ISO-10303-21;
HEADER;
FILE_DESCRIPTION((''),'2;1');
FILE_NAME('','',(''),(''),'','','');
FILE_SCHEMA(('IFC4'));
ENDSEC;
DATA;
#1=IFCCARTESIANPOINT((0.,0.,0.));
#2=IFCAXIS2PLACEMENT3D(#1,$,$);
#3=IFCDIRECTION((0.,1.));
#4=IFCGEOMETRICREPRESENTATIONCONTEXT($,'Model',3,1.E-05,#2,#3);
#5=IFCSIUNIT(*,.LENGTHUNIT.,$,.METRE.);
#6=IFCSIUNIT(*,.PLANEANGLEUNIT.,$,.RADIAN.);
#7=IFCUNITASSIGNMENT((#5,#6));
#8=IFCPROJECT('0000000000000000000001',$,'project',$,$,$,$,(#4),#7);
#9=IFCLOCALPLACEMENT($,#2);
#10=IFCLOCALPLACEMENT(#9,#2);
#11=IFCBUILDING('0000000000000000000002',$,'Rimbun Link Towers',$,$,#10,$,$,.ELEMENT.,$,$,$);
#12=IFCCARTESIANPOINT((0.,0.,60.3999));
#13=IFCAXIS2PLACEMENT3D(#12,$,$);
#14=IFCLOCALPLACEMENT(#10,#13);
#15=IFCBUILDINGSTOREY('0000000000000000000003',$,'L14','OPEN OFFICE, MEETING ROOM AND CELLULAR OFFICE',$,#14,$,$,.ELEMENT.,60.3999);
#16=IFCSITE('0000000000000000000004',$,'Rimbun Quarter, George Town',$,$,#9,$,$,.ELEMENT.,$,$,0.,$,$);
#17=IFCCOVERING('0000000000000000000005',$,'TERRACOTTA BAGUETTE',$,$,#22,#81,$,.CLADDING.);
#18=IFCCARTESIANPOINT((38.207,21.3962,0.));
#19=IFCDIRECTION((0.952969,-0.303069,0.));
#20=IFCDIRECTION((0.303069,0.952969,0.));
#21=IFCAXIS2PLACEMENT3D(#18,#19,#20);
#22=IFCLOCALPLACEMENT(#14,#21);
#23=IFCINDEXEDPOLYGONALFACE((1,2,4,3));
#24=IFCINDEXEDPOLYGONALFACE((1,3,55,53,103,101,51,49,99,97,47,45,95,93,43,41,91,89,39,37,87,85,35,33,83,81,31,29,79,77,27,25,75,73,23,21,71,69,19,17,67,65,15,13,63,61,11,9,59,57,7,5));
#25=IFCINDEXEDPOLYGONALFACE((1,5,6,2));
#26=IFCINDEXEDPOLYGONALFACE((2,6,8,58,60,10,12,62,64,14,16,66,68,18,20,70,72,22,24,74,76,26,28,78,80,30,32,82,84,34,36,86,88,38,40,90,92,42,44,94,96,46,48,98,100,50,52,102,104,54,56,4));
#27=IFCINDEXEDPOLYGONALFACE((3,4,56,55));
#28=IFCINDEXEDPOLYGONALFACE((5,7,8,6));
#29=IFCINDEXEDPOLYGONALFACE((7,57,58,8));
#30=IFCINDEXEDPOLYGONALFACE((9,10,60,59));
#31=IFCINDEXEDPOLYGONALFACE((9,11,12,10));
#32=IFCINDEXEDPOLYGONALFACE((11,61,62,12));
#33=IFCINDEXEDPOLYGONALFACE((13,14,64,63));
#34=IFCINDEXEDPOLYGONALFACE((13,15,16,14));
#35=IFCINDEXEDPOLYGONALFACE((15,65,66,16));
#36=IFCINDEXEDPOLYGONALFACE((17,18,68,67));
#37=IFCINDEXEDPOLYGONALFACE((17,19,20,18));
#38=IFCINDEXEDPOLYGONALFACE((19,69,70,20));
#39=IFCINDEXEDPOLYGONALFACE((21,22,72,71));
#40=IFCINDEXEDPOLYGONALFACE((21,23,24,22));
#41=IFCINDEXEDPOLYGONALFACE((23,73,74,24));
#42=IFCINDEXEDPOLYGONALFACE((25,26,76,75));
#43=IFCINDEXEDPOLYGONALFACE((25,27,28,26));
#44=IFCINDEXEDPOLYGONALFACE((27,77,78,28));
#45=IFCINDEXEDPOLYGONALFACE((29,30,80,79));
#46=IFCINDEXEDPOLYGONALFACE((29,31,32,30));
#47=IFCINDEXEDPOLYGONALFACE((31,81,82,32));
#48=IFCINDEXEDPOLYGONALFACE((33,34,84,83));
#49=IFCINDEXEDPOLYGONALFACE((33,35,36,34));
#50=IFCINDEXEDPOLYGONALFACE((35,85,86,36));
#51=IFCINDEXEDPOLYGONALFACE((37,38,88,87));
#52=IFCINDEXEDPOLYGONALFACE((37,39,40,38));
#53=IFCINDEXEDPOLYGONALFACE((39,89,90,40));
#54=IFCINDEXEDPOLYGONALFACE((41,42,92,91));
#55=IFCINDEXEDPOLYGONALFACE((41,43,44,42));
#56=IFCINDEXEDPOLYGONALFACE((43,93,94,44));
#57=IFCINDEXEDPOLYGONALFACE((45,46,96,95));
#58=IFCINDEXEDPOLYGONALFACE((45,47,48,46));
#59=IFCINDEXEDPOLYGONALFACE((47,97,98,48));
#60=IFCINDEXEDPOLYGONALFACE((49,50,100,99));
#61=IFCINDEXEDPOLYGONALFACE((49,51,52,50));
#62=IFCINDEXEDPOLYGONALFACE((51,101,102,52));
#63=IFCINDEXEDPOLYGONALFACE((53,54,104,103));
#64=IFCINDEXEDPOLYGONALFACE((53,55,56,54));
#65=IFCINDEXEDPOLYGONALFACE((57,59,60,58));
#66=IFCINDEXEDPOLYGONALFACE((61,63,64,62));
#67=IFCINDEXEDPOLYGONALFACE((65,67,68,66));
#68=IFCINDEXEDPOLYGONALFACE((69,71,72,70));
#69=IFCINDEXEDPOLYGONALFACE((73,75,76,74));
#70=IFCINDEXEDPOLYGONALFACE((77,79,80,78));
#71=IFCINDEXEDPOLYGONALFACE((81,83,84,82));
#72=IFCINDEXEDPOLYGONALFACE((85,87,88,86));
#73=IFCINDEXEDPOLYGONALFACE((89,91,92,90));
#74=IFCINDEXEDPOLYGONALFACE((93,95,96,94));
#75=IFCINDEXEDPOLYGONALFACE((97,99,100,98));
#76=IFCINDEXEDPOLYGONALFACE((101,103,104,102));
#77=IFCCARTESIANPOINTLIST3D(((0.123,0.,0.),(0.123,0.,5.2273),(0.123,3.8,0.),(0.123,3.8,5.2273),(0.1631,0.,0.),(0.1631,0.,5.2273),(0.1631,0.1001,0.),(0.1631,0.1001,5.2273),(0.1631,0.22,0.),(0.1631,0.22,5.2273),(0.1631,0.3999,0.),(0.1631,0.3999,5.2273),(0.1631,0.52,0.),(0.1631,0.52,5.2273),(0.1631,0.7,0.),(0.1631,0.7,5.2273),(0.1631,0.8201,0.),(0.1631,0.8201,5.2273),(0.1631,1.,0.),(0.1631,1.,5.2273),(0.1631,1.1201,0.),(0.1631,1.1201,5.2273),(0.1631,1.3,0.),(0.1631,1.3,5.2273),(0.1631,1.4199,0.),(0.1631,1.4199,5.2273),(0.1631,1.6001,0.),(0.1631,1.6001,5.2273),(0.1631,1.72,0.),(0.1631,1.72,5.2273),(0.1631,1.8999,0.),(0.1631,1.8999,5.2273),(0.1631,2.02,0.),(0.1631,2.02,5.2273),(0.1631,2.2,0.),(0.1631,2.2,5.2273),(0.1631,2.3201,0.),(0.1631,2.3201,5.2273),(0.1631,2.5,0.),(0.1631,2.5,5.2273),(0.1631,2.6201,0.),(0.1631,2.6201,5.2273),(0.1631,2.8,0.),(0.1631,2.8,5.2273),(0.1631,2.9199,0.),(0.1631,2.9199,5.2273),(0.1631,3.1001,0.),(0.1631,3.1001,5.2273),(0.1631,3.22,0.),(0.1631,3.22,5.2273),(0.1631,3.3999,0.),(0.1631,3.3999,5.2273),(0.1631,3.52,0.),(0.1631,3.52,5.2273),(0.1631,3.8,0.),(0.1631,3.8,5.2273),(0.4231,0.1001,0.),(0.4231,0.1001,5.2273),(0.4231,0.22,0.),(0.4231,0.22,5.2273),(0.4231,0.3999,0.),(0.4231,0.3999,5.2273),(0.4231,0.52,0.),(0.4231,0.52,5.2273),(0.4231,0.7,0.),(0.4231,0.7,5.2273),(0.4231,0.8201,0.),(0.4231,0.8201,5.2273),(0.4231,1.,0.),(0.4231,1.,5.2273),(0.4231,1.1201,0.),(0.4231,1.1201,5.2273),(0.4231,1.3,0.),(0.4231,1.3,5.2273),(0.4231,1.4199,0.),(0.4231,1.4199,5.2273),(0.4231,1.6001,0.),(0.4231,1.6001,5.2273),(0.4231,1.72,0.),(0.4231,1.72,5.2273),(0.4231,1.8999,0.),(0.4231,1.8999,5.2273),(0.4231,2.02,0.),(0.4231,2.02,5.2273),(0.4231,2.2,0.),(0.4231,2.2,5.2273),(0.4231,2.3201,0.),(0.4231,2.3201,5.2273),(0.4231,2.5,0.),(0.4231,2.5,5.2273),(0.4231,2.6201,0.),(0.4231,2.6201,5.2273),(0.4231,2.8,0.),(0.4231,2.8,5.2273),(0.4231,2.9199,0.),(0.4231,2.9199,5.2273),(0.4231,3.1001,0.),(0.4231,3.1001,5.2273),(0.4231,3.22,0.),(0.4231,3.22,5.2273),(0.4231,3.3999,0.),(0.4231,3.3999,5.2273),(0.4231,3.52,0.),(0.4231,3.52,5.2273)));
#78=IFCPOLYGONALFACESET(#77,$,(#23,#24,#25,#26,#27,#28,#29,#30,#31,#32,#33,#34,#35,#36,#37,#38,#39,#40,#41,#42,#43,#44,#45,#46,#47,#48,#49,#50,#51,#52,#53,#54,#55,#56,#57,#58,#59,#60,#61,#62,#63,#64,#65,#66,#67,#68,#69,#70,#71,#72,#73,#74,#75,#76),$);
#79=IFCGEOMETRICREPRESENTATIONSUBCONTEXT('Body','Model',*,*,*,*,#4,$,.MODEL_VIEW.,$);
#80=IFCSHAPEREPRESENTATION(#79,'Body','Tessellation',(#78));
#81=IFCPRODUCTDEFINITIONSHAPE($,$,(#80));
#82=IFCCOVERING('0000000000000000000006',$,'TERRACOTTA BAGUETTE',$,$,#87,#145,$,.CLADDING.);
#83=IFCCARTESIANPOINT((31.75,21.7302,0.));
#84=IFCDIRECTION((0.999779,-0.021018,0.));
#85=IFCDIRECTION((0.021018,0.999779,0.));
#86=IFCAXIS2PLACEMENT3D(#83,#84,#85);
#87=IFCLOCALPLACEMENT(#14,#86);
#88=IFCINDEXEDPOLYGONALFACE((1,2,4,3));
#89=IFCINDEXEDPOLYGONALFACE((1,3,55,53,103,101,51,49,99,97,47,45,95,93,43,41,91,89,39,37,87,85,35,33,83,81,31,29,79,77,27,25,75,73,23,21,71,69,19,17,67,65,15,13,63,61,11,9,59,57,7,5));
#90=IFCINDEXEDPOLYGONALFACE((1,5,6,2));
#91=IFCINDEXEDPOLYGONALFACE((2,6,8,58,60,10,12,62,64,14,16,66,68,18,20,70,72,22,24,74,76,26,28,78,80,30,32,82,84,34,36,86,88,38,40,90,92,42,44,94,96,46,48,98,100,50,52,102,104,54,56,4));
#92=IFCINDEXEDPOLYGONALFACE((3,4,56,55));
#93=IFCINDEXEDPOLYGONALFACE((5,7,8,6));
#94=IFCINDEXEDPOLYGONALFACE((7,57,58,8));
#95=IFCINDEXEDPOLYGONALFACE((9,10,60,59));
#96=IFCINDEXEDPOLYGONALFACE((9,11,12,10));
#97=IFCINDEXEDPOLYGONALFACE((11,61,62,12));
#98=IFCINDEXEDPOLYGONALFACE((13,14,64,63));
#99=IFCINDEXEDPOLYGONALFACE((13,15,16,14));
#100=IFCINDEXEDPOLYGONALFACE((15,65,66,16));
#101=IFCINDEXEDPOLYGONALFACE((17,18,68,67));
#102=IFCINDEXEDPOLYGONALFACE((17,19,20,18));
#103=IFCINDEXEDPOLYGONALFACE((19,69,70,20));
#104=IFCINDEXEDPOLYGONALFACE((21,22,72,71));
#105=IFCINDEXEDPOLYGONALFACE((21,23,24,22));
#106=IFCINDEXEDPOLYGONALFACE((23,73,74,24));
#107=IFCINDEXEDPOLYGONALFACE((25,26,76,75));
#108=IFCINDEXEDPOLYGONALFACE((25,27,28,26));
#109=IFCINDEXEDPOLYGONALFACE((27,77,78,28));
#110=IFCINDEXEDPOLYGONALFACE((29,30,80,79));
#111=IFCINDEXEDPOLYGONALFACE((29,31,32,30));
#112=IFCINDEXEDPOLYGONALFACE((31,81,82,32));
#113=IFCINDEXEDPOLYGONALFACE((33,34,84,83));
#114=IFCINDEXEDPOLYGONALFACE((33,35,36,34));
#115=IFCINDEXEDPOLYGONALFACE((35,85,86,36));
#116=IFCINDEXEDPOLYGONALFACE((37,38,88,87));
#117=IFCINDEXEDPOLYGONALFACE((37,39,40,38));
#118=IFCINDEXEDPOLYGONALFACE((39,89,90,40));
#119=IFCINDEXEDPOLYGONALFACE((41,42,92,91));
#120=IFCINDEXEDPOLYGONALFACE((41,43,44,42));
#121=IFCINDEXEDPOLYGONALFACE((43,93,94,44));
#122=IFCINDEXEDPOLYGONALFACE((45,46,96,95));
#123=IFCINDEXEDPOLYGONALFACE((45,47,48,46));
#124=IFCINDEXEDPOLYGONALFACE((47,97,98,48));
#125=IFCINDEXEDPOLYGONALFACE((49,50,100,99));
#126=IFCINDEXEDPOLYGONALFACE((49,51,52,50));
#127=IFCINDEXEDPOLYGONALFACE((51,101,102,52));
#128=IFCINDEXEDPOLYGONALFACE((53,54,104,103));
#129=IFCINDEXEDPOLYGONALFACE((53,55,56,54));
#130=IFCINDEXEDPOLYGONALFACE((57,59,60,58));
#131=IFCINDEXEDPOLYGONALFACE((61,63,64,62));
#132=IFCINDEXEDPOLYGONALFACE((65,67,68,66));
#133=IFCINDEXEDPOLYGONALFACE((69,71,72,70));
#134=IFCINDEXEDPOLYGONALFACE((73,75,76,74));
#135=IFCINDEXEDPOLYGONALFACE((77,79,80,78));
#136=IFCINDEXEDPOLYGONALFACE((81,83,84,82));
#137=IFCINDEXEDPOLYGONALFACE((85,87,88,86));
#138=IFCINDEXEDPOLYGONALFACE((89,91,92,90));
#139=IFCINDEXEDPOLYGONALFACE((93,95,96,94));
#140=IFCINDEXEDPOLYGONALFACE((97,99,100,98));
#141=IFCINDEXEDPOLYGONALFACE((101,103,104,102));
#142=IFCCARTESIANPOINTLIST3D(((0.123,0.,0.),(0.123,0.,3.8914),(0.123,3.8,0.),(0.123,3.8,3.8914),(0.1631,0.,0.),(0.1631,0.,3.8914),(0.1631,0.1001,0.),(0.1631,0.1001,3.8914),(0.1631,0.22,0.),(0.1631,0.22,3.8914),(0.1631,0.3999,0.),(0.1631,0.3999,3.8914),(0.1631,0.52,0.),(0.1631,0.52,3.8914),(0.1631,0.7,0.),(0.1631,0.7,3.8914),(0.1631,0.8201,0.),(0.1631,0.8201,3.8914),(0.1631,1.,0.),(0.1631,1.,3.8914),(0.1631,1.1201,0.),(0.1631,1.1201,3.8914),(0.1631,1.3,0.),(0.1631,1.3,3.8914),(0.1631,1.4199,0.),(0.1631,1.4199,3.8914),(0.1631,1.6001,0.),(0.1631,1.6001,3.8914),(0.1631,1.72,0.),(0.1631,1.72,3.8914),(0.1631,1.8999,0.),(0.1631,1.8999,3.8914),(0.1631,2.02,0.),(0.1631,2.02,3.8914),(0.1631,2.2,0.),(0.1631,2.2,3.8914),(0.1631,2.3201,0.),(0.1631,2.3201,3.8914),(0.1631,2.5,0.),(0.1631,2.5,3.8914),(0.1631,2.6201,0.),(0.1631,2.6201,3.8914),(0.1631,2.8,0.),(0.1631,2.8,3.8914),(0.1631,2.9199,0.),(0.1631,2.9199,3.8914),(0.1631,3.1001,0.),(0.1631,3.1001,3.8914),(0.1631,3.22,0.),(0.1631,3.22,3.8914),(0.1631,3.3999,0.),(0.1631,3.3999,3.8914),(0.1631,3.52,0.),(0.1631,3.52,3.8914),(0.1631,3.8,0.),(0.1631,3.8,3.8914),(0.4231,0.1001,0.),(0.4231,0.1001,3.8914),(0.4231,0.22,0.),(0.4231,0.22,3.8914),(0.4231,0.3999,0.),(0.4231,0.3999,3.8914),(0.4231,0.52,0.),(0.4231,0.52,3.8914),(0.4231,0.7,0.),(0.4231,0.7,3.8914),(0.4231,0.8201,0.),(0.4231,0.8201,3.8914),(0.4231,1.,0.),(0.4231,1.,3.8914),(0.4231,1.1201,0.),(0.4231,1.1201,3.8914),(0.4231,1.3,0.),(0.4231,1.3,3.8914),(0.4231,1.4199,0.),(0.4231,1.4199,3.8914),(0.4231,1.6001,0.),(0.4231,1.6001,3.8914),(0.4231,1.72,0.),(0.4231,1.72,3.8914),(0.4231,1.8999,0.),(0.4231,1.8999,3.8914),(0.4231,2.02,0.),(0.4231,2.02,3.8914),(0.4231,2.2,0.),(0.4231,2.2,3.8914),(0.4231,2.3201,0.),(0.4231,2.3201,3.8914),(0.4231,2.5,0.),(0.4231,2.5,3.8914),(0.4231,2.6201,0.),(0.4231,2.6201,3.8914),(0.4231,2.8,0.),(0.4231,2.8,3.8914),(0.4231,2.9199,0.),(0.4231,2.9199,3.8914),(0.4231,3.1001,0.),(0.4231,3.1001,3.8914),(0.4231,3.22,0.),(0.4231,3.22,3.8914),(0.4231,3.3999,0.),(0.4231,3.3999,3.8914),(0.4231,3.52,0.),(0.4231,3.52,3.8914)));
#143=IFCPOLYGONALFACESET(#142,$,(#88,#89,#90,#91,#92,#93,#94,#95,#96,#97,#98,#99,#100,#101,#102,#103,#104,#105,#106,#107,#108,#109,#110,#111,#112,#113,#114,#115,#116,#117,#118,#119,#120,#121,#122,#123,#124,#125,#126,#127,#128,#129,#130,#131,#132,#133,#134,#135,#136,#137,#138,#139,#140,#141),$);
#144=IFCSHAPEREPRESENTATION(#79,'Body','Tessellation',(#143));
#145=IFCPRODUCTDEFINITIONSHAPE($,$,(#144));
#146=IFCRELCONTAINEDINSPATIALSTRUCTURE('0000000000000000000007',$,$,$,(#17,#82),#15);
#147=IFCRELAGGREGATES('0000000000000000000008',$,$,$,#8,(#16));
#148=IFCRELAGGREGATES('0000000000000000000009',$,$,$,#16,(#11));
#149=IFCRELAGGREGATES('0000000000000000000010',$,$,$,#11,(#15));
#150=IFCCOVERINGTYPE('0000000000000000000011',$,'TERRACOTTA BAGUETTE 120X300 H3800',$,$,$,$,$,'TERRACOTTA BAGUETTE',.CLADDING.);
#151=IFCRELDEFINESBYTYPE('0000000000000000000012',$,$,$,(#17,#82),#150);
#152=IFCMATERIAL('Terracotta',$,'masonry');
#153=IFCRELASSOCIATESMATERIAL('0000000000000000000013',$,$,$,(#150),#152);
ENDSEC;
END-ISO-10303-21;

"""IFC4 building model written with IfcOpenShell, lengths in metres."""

from ifc_helpers import new_model, si_unit, direction, frame, origin, place, context, subcontext, project, spatial, polyline, outline, extrude, material, material_profile, profile_set, type_object, element, save


model = new_model("IFC4")

# Units and contexts
model_context = context("Model", 3, precision=1e-05, world=origin(), true_north=direction((0.0, 1.0)))
body_context = subcontext(model_context, "Body", "Model", "MODEL_VIEW")
ifc_project = project(units=[si_unit("LENGTHUNIT", "METRE"), si_unit("PLANEANGLEUNIT", "RADIAN")], contexts=[model_context])

# Site, building, storey
site_placement = place(None, origin())
site = spatial("IfcSite", under=ifc_project, at=site_placement, Name="Rimbun Quarter, George Town", CompositionType="ELEMENT", RefElevation=0.0)
building_placement = place(site_placement, origin())
building = spatial("IfcBuilding", under=site, at=building_placement, Name="Rimbun Link Towers", CompositionType="ELEMENT")
storey_placement = place(building_placement, frame((0.0, 0.0, 60.3999)))
storey = spatial("IfcBuildingStorey", under=building, at=storey_placement, Name="L14", Description="OPEN OFFICE, MEETING ROOM AND CELLULAR OFFICE", CompositionType="ELEMENT", Elevation=60.3999)

# Coverings
ifc_material_1 = material(Name="Terracotta", Category="masonry")
ifc_material_profile_1 = material_profile(ifc_material_1, outline(polyline([(0.123, 0.0), (0.1631, 0.0), (0.1631, 0.1001), (0.4231, 0.1001), (0.4231, 0.22), (0.1631, 0.22), (0.1631, 0.3999), (0.4231, 0.3999), (0.4231, 0.52), (0.1631, 0.52), (0.1631, 0.7), (0.4231, 0.7), (0.4231, 0.8201), (0.1631, 0.8201), (0.1631, 1.0), (0.4231, 1.0), (0.4231, 1.1201), (0.1631, 1.1201), (0.1631, 1.3), (0.4231, 1.3), (0.4231, 1.4199), (0.1631, 1.4199), (0.1631, 1.6001), (0.4231, 1.6001), (0.4231, 1.72), (0.1631, 1.72), (0.1631, 1.8999), (0.4231, 1.8999), (0.4231, 2.02), (0.1631, 2.02), (0.1631, 2.2), (0.4231, 2.2), (0.4231, 2.3201), (0.1631, 2.3201), (0.1631, 2.5), (0.4231, 2.5), (0.4231, 2.6201), (0.1631, 2.6201), (0.1631, 2.8), (0.4231, 2.8), (0.4231, 2.9199), (0.1631, 2.9199), (0.1631, 3.1001), (0.4231, 3.1001), (0.4231, 3.22), (0.1631, 3.22), (0.1631, 3.3999), (0.4231, 3.3999), (0.4231, 3.52), (0.1631, 3.52), (0.1631, 3.8), (0.123, 3.8), (0.123, 0.0)])), Name="BAGUETTE 120X300")
ifc_profile_set_1 = profile_set([ifc_material_profile_1], Name="Terracotta")
covering_type = type_object("IfcCoveringType", Name="TERRACOTTA BAGUETTE 120X300 H3800", ElementType="TERRACOTTA BAGUETTE", PredefinedType="CLADDING", material=ifc_profile_set_1)
covering_1_placement = place(storey_placement, frame((38.207, 21.3962, 0.0), z_axis=(0.952969, -0.303069, 0.0), x_axis=(0.303069, 0.952969, 0.0)))
element("IfcCovering", 1, at=covering_1_placement, inside=storey, type_object=covering_type, Name="TERRACOTTA BAGUETTE", PredefinedType="CLADDING", context=body_context, shape_type="SweptSolid", body=[
    extrude(outline(polyline([(0.123, 0.0), (0.1631, 0.0), (0.1631, 0.1001), (0.4231, 0.1001), (0.4231, 0.22), (0.1631, 0.22), (0.1631, 0.3999), (0.4231, 0.3999), (0.4231, 0.52), (0.1631, 0.52), (0.1631, 0.7), (0.4231, 0.7), (0.4231, 0.8201), (0.1631, 0.8201), (0.1631, 1.0), (0.4231, 1.0), (0.4231, 1.1201), (0.1631, 1.1201), (0.1631, 1.3), (0.4231, 1.3), (0.4231, 1.4199), (0.1631, 1.4199), (0.1631, 1.6001), (0.4231, 1.6001), (0.4231, 1.72), (0.1631, 1.72), (0.1631, 1.8999), (0.4231, 1.8999), (0.4231, 2.02), (0.1631, 2.02), (0.1631, 2.2), (0.4231, 2.2), (0.4231, 2.3201), (0.1631, 2.3201), (0.1631, 2.5), (0.4231, 2.5), (0.4231, 2.6201), (0.1631, 2.6201), (0.1631, 2.8), (0.4231, 2.8), (0.4231, 2.9199), (0.1631, 2.9199), (0.1631, 3.1001), (0.4231, 3.1001), (0.4231, 3.22), (0.1631, 3.22), (0.1631, 3.3999), (0.4231, 3.3999), (0.4231, 3.52), (0.1631, 3.52), (0.1631, 3.8), (0.123, 3.8), (0.123, 0.0)])), origin(), (0.0, 0.0, 1.0), 5.2273),
])
covering_2_placement = place(storey_placement, frame((31.75, 21.7302, 0.0), z_axis=(0.999779, -0.021018, 0.0), x_axis=(0.021018, 0.999779, 0.0)))
element("IfcCovering", 2, at=covering_2_placement, inside=storey, type_object=covering_type, Name="TERRACOTTA BAGUETTE", PredefinedType="CLADDING", context=body_context, shape_type="SweptSolid", body=[
    extrude(outline(polyline([(0.123, 0.0), (0.1631, 0.0), (0.1631, 0.1001), (0.4231, 0.1001), (0.4231, 0.22), (0.1631, 0.22), (0.1631, 0.3999), (0.4231, 0.3999), (0.4231, 0.52), (0.1631, 0.52), (0.1631, 0.7), (0.4231, 0.7), (0.4231, 0.8201), (0.1631, 0.8201), (0.1631, 1.0), (0.4231, 1.0), (0.4231, 1.1201), (0.1631, 1.1201), (0.1631, 1.3), (0.4231, 1.3), (0.4231, 1.4199), (0.1631, 1.4199), (0.1631, 1.6001), (0.4231, 1.6001), (0.4231, 1.72), (0.1631, 1.72), (0.1631, 1.8999), (0.4231, 1.8999), (0.4231, 2.02), (0.1631, 2.02), (0.1631, 2.2), (0.4231, 2.2), (0.4231, 2.3201), (0.1631, 2.3201), (0.1631, 2.5), (0.4231, 2.5), (0.4231, 2.6201), (0.1631, 2.6201), (0.1631, 2.8), (0.4231, 2.8), (0.4231, 2.9199), (0.1631, 2.9199), (0.1631, 3.1001), (0.4231, 3.1001), (0.4231, 3.22), (0.1631, 3.22), (0.1631, 3.3999), (0.4231, 3.3999), (0.4231, 3.52), (0.1631, 3.52), (0.1631, 3.8), (0.123, 3.8), (0.123, 0.0)])), origin(), (0.0, 0.0, 1.0), 3.8914),
])

save(model, "model.ifc")
